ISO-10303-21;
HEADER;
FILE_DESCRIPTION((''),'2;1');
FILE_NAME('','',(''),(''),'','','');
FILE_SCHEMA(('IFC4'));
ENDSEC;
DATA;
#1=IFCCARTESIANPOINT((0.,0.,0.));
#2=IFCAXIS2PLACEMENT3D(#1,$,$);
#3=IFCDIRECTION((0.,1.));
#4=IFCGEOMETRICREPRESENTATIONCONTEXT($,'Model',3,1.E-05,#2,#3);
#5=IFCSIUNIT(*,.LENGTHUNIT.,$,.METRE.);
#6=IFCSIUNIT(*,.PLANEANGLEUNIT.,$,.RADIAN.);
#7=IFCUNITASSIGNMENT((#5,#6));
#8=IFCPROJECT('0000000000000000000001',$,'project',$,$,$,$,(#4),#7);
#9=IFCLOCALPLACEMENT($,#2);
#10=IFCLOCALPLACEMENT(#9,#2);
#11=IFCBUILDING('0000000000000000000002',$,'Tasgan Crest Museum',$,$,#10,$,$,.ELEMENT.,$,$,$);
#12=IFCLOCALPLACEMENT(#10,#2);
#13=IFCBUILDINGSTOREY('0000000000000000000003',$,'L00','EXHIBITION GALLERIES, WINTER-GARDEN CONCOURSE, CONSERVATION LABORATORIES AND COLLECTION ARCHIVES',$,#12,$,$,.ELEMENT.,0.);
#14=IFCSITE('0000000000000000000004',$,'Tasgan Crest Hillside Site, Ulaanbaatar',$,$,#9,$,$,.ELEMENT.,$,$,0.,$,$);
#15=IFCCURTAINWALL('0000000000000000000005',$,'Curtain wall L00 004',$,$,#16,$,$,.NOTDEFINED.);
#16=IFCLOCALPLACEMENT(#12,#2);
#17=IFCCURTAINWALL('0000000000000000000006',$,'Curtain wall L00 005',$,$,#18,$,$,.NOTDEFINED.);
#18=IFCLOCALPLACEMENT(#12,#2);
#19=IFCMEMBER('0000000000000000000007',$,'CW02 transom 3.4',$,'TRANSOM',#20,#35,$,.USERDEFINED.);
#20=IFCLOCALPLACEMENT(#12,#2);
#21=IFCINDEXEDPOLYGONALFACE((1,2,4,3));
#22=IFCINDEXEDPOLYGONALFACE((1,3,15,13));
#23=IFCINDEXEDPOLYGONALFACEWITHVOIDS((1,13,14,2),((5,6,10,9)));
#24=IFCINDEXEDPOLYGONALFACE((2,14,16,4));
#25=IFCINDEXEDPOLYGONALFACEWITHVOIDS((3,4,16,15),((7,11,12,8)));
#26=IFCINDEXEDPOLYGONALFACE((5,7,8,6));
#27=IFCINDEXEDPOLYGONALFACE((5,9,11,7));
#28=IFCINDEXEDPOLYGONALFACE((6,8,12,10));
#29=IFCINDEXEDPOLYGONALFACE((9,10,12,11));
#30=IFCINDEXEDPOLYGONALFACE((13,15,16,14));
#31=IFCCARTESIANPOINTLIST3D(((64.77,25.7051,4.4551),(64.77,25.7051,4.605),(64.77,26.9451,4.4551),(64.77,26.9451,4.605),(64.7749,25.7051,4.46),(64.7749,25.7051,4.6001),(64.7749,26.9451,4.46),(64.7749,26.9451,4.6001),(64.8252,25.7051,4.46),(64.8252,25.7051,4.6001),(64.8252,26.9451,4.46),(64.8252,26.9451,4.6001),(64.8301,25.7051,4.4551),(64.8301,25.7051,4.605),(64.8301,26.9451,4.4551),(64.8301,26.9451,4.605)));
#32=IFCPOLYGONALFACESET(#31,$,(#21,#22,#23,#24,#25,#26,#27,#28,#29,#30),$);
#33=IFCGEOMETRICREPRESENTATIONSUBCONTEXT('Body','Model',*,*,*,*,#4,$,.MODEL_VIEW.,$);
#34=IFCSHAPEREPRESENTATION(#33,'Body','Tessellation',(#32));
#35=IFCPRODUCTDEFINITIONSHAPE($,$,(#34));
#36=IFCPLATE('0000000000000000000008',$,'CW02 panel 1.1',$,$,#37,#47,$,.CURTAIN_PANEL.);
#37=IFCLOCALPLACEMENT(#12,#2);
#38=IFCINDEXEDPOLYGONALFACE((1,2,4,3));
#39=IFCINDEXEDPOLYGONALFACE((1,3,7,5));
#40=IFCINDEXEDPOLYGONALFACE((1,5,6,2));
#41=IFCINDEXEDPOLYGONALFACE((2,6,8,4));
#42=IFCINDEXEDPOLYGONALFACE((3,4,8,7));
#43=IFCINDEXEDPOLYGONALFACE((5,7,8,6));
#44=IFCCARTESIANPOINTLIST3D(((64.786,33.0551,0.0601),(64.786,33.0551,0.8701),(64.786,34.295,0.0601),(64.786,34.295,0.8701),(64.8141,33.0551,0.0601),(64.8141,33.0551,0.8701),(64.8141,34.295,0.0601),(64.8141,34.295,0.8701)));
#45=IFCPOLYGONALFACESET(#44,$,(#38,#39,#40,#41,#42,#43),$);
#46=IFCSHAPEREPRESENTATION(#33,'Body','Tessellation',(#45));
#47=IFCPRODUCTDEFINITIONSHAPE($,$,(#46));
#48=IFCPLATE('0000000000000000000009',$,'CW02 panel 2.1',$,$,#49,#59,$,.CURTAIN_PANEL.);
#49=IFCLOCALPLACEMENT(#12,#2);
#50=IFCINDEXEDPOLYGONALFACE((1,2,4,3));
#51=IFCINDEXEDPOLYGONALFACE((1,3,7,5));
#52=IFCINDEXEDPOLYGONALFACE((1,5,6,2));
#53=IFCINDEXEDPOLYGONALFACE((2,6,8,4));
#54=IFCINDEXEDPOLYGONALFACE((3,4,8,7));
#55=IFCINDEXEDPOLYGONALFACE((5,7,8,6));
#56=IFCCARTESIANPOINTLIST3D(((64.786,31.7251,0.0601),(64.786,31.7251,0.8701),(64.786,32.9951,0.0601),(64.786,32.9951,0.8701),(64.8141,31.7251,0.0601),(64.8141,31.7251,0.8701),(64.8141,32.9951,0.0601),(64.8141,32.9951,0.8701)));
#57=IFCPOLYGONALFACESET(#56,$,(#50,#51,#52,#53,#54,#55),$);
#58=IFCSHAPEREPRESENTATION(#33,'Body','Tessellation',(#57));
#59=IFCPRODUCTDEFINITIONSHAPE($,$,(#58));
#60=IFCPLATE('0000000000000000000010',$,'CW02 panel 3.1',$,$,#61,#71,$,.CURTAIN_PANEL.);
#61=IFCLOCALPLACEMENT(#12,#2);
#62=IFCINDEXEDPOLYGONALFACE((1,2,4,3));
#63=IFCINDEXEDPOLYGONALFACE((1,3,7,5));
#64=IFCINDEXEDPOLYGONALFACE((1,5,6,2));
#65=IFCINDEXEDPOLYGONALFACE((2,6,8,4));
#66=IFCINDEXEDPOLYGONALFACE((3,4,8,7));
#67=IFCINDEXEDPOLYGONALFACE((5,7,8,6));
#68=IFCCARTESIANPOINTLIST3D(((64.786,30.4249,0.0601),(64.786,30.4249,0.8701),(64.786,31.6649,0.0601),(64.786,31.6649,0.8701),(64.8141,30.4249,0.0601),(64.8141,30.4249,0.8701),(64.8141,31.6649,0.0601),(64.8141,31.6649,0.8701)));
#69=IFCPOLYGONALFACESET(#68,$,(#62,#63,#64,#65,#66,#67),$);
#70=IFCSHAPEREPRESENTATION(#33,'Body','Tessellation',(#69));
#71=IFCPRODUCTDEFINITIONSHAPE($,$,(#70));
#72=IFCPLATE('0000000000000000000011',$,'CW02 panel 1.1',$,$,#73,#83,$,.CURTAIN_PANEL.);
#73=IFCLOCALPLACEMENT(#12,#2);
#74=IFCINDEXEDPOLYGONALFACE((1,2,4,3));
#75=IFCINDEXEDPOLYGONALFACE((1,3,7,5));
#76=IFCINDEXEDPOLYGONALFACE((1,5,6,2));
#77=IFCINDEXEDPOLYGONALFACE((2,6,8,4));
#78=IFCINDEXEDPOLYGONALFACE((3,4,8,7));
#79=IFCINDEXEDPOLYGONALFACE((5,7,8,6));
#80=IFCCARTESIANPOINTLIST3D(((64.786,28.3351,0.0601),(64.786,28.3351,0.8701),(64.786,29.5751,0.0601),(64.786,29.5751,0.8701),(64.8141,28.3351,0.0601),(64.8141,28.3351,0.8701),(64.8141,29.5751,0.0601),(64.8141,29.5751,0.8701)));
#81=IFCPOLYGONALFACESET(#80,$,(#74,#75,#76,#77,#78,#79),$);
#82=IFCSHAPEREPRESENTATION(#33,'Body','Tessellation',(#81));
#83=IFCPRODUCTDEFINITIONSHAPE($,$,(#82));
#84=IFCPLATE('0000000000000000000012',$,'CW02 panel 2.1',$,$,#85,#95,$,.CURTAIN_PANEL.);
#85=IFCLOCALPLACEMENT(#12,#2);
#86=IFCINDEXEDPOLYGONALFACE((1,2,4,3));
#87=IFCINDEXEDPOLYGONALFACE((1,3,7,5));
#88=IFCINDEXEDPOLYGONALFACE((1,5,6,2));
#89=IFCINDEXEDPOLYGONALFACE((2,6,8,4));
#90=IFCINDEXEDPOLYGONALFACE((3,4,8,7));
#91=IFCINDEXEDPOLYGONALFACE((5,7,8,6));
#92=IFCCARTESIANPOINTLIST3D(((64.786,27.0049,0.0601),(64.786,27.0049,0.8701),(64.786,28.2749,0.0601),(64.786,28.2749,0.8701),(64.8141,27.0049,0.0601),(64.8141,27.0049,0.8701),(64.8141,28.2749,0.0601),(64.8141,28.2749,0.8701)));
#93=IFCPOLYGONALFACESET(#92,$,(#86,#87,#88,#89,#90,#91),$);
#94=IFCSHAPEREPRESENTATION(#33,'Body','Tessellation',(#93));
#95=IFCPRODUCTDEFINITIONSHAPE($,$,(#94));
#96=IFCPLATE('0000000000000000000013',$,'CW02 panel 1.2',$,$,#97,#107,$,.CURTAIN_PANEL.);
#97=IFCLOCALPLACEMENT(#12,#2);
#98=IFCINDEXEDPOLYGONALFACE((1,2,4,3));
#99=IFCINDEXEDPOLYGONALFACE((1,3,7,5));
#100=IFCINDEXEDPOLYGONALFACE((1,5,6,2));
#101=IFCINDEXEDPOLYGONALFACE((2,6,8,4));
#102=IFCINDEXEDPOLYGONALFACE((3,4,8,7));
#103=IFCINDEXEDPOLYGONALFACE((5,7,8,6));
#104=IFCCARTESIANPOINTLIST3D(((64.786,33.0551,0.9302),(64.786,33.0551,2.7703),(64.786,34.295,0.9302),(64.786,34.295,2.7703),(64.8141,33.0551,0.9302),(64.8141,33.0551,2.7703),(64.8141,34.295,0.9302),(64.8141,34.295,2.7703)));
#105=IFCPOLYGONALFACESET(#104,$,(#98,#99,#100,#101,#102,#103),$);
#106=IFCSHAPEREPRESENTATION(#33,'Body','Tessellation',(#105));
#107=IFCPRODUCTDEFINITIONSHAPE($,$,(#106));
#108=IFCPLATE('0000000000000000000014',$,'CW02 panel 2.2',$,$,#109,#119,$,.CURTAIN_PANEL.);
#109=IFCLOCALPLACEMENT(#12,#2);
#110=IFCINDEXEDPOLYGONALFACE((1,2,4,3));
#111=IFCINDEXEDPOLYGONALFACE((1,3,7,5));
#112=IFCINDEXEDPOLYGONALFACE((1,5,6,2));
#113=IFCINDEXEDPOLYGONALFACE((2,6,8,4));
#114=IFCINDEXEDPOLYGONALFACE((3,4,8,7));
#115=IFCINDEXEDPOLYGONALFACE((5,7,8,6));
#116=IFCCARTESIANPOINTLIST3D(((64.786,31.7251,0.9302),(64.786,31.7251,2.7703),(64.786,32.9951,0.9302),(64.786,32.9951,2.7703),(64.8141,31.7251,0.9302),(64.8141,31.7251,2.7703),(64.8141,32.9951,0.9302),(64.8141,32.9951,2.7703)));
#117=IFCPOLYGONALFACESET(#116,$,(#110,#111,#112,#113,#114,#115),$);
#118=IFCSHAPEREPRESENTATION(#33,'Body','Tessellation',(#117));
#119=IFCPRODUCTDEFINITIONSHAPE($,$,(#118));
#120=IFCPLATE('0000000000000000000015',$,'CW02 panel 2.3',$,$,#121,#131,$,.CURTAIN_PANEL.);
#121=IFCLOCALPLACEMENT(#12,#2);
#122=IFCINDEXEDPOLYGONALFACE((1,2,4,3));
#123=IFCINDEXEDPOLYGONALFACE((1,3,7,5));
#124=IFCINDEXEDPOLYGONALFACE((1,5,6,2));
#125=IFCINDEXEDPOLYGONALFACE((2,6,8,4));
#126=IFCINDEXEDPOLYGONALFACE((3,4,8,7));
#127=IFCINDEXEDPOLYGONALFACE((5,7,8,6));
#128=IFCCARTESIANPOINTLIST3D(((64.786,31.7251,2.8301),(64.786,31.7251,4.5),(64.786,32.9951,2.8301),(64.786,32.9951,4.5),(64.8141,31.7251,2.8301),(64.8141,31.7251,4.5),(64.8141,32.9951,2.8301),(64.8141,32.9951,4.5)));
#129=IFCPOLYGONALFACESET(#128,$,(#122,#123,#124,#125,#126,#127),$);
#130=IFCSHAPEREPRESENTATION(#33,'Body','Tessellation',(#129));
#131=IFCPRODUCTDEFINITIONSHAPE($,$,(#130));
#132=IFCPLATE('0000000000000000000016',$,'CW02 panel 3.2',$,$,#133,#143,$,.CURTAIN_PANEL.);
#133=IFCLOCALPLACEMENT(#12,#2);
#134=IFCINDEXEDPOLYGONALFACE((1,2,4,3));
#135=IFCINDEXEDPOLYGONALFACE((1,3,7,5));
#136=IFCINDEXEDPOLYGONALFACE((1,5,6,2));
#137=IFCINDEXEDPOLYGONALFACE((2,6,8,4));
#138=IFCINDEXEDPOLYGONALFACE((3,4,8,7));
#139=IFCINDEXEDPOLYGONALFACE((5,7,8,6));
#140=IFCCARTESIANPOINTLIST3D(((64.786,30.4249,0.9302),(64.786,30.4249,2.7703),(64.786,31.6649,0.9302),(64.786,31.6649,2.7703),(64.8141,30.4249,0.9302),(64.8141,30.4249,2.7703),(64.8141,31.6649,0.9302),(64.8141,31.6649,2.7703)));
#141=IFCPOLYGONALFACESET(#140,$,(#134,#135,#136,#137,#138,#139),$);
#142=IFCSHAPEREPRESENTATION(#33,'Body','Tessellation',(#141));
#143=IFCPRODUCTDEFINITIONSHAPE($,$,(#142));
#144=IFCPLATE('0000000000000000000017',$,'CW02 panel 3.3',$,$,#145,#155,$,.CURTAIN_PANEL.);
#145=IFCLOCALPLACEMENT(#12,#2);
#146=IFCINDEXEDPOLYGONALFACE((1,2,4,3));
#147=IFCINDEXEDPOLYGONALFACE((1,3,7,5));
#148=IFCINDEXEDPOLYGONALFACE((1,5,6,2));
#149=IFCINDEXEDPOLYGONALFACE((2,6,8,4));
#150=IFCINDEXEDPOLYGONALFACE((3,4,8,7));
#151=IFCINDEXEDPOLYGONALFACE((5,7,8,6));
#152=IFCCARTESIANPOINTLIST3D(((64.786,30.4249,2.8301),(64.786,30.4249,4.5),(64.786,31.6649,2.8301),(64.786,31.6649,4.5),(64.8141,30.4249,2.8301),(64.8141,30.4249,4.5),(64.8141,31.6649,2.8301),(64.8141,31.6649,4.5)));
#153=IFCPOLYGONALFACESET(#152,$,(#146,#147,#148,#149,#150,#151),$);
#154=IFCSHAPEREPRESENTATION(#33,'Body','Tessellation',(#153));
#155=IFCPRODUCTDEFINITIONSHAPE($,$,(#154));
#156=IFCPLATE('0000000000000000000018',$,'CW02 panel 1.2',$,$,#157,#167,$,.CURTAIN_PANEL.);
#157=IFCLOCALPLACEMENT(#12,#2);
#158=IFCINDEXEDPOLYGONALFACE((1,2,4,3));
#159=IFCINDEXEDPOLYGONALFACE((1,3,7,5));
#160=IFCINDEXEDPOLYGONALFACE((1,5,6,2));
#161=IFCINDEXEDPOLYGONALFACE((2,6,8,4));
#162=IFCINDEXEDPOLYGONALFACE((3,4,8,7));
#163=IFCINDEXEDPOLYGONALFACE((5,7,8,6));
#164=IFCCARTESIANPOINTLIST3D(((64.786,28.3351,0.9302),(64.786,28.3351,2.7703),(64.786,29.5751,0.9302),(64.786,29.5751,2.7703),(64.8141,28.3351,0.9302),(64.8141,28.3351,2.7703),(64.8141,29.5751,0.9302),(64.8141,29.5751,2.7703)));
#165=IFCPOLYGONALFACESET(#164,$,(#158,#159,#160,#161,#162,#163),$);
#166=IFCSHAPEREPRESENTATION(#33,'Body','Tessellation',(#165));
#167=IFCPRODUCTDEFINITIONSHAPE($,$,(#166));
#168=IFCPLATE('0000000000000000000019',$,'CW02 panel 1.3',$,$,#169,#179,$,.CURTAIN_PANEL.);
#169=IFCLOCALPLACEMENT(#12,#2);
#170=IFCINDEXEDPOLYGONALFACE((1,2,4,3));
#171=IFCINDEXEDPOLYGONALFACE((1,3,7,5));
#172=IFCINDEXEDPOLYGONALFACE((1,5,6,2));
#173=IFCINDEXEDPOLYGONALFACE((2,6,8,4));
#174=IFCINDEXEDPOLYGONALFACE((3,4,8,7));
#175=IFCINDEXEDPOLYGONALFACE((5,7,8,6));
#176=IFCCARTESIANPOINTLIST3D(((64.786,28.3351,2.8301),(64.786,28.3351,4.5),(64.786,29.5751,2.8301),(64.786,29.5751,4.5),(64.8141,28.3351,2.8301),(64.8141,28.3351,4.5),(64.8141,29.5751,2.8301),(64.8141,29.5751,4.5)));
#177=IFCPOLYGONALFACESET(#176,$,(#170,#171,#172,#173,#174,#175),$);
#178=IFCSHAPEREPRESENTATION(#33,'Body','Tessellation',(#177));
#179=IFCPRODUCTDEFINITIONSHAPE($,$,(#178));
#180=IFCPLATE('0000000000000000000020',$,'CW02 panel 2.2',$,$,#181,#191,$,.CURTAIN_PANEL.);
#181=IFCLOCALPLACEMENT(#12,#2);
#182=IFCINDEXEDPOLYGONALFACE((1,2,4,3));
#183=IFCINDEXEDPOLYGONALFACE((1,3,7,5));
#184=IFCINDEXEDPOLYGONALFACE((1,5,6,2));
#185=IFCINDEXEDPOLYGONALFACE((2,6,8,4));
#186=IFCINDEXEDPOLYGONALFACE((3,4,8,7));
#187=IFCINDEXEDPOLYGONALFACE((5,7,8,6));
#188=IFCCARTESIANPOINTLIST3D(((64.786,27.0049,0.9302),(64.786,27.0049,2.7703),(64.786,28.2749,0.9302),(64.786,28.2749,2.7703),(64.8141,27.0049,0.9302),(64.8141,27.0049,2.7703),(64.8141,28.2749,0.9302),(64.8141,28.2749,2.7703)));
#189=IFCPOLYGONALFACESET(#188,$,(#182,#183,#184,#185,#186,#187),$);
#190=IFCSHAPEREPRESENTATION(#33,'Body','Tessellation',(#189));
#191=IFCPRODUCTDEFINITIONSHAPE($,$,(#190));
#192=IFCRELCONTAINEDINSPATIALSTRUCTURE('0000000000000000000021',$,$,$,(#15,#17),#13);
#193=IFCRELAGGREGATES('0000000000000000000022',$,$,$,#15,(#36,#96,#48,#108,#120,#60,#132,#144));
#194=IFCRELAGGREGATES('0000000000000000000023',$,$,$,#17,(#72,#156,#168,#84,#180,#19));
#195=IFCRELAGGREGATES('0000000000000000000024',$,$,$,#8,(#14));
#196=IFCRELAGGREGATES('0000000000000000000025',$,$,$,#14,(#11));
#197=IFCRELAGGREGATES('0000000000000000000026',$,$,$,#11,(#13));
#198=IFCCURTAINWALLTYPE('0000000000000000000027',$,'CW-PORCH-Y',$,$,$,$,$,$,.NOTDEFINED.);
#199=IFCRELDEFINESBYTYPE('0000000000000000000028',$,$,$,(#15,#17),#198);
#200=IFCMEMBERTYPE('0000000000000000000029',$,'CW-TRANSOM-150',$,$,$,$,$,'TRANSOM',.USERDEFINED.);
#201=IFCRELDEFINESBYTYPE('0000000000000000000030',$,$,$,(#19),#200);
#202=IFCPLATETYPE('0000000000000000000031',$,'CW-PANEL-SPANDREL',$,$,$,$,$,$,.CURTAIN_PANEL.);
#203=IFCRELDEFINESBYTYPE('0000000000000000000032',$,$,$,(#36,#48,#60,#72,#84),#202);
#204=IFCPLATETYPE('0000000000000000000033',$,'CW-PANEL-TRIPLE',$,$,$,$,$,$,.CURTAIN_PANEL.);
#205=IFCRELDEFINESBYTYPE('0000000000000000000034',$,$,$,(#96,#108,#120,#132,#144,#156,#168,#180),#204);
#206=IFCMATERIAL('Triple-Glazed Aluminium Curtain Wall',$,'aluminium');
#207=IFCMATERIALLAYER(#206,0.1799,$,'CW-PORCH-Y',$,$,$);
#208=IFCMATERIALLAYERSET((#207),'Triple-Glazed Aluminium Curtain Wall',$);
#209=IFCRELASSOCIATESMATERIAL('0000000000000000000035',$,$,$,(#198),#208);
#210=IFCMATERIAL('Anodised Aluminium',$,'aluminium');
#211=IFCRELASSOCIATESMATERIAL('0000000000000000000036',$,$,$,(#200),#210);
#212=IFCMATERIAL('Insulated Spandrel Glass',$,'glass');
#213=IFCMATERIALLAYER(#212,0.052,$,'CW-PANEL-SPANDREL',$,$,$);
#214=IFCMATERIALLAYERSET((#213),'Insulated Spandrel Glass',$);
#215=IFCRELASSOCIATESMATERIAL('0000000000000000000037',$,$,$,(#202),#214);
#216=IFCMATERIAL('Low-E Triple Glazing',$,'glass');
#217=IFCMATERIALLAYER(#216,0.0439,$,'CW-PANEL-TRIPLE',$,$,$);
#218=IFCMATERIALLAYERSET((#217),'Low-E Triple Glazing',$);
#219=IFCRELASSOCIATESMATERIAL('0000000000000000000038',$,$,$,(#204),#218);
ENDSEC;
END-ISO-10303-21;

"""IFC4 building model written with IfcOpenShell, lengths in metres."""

from ifc_helpers import new_model, si_unit, direction, frame, origin, origin_2d, place, context, subcontext, project, spatial, rectangle, hollow_rectangle, extrude, material, layer, layer_set, material_profile, profile_set, type_object, element, aggregate, save


model = new_model("IFC4")

# Units and contexts
model_context = context("Model", 3, precision=1e-05, world=origin(), true_north=direction((0.0, 1.0)))
body_context = subcontext(model_context, "Body", "Model", "MODEL_VIEW")
ifc_project = project(units=[si_unit("LENGTHUNIT", "METRE"), si_unit("PLANEANGLEUNIT", "RADIAN")], contexts=[model_context])

# Site, building, storey
site_placement = place(None, origin())
site = spatial("IfcSite", under=ifc_project, at=site_placement, Name="Tasgan Crest Hillside Site, Ulaanbaatar", CompositionType="ELEMENT", RefElevation=0.0)
building_placement = place(site_placement, origin())
building = spatial("IfcBuilding", under=site, at=building_placement, Name="Tasgan Crest Museum", CompositionType="ELEMENT")
storey_placement = place(building_placement, origin())
storey = spatial("IfcBuildingStorey", under=building, at=storey_placement, Name="L00", Description="EXHIBITION GALLERIES, WINTER-GARDEN CONCOURSE, CONSERVATION LABORATORIES AND COLLECTION ARCHIVES", CompositionType="ELEMENT", Elevation=0.0)

# Curtain walls
ifc_material_1 = material(Name="Triple-Glazed Aluminium Curtain Wall", Category="aluminium")
ifc_layer_1 = layer(ifc_material_1, 0.1799, Name="CW-PORCH-Y")
ifc_layer_set_1 = layer_set([ifc_layer_1], Name="Triple-Glazed Aluminium Curtain Wall")
curtain_wall_type = type_object("IfcCurtainWallType", Name="CW-PORCH-Y", PredefinedType="NOTDEFINED", material=ifc_layer_set_1)
curtain_wall_1_placement = place(storey_placement, origin())
curtain_wall_1 = element("IfcCurtainWall", 1, at=curtain_wall_1_placement, inside=storey, type_object=curtain_wall_type, Name="Curtain wall L00 004", PredefinedType="NOTDEFINED")
curtain_wall_2_placement = place(storey_placement, origin())
curtain_wall_2 = element("IfcCurtainWall", 2, at=curtain_wall_2_placement, inside=storey, type_object=curtain_wall_type, Name="Curtain wall L00 005", PredefinedType="NOTDEFINED")

# Member
ifc_material_2 = material(Name="Anodised Aluminium", Category="aluminium")
ifc_material_profile_1 = material_profile(ifc_material_2, hollow_rectangle(XDim=0.0601, YDim=0.1499, WallThickness=0.0049, at=origin_2d()), Name="ALU TRANSOM 150x60x5")
ifc_profile_set_1 = profile_set([ifc_material_profile_1], Name="Anodised Aluminium")
member_type_1 = type_object("IfcMemberType", Name="CW-TRANSOM-150", ElementType="TRANSOM", PredefinedType="USERDEFINED", material=ifc_profile_set_1)
member_1_placement = place(storey_placement, frame((64.8, 26.9451, 4.53), z_axis=(0.0, -1.0, 0.0), x_axis=(1.0, 0.0, 0.0)))
member_1 = element("IfcMember", 3, at=member_1_placement, type_object=member_type_1, Name="CW02 transom 3.4", ObjectType="TRANSOM", PredefinedType="USERDEFINED", context=body_context, shape_type="SweptSolid", body=[
    extrude(hollow_rectangle(XDim=0.0601, YDim=0.1499, WallThickness=0.0049, at=origin_2d()), origin(), (0.0, 0.0, 1.0), 1.24),
])

# Plates
ifc_material_3 = material(Name="Insulated Spandrel Glass", Category="glass")
ifc_layer_2 = layer(ifc_material_3, 0.052, Name="CW-PANEL-SPANDREL")
ifc_layer_set_2 = layer_set([ifc_layer_2], Name="Insulated Spandrel Glass")
plate_type_1 = type_object("IfcPlateType", Name="CW-PANEL-SPANDREL", PredefinedType="CURTAIN_PANEL", material=ifc_layer_set_2)
plate_1_placement = place(storey_placement, frame((64.8, 33.675, 0.0601), z_axis=(0.0, 0.0, 1.0), x_axis=(0.0, -1.0, 0.0)))
plate_1 = element("IfcPlate", 4, at=plate_1_placement, type_object=plate_type_1, Name="CW02 panel 1.1", PredefinedType="CURTAIN_PANEL", context=body_context, shape_type="SweptSolid", body=[
    extrude(rectangle(XDim=1.24, YDim=0.0281, at=origin_2d()), origin(), (0.0, 0.0, 1.0), 0.8101),
])
plate_2_placement = place(storey_placement, frame((64.8, 32.3601, 0.0601), z_axis=(0.0, 0.0, 1.0), x_axis=(0.0, -1.0, 0.0)))
plate_2 = element("IfcPlate", 5, at=plate_2_placement, type_object=plate_type_1, Name="CW02 panel 2.1", PredefinedType="CURTAIN_PANEL", context=body_context, shape_type="SweptSolid", body=[
    extrude(rectangle(XDim=1.27, YDim=0.0281, at=origin_2d()), origin(), (0.0, 0.0, 1.0), 0.8101),
])
plate_3_placement = place(storey_placement, frame((64.8, 31.0449, 0.0601), z_axis=(0.0, 0.0, 1.0), x_axis=(0.0, -1.0, 0.0)))
plate_3 = element("IfcPlate", 6, at=plate_3_placement, type_object=plate_type_1, Name="CW02 panel 3.1", PredefinedType="CURTAIN_PANEL", context=body_context, shape_type="SweptSolid", body=[
    extrude(rectangle(XDim=1.24, YDim=0.0281, at=origin_2d()), origin(), (0.0, 0.0, 1.0), 0.8101),
])
plate_4_placement = place(storey_placement, frame((64.8, 28.9551, 0.0601), z_axis=(0.0, 0.0, 1.0), x_axis=(0.0, -1.0, 0.0)))
plate_4 = element("IfcPlate", 7, at=plate_4_placement, type_object=plate_type_1, Name="CW02 panel 1.1", PredefinedType="CURTAIN_PANEL", context=body_context, shape_type="SweptSolid", body=[
    extrude(rectangle(XDim=1.24, YDim=0.0281, at=origin_2d()), origin(), (0.0, 0.0, 1.0), 0.8101),
])
plate_5_placement = place(storey_placement, frame((64.8, 27.6399, 0.0601), z_axis=(0.0, 0.0, 1.0), x_axis=(0.0, -1.0, 0.0)))
plate_5 = element("IfcPlate", 8, at=plate_5_placement, type_object=plate_type_1, Name="CW02 panel 2.1", PredefinedType="CURTAIN_PANEL", context=body_context, shape_type="SweptSolid", body=[
    extrude(rectangle(XDim=1.27, YDim=0.0281, at=origin_2d()), origin(), (0.0, 0.0, 1.0), 0.8101),
])
ifc_material_4 = material(Name="Low-E Triple Glazing", Category="glass")
ifc_layer_3 = layer(ifc_material_4, 0.0439, Name="CW-PANEL-TRIPLE")
ifc_layer_set_3 = layer_set([ifc_layer_3], Name="Low-E Triple Glazing")
plate_type_2 = type_object("IfcPlateType", Name="CW-PANEL-TRIPLE", PredefinedType="CURTAIN_PANEL", material=ifc_layer_set_3)
plate_6_placement = place(storey_placement, frame((64.8, 33.675, 0.9302), z_axis=(0.0, 0.0, 1.0), x_axis=(0.0, -1.0, 0.0)))
plate_6 = element("IfcPlate", 9, at=plate_6_placement, type_object=plate_type_2, Name="CW02 panel 1.2", PredefinedType="CURTAIN_PANEL", context=body_context, shape_type="SweptSolid", body=[
    extrude(rectangle(XDim=1.24, YDim=0.0281, at=origin_2d()), origin(), (0.0, 0.0, 1.0), 1.8401),
])
plate_7_placement = place(storey_placement, frame((64.8, 32.3601, 0.9302), z_axis=(0.0, 0.0, 1.0), x_axis=(0.0, -1.0, 0.0)))
plate_7 = element("IfcPlate", 10, at=plate_7_placement, type_object=plate_type_2, Name="CW02 panel 2.2", PredefinedType="CURTAIN_PANEL", context=body_context, shape_type="SweptSolid", body=[
    extrude(rectangle(XDim=1.27, YDim=0.0281, at=origin_2d()), origin(), (0.0, 0.0, 1.0), 1.8401),
])
plate_8_placement = place(storey_placement, frame((64.8, 32.3601, 2.8301), z_axis=(0.0, 0.0, 1.0), x_axis=(0.0, -1.0, 0.0)))
plate_8 = element("IfcPlate", 11, at=plate_8_placement, type_object=plate_type_2, Name="CW02 panel 2.3", PredefinedType="CURTAIN_PANEL", context=body_context, shape_type="SweptSolid", body=[
    extrude(rectangle(XDim=1.27, YDim=0.0281, at=origin_2d()), origin(), (0.0, 0.0, 1.0), 1.6699),
])
plate_9_placement = place(storey_placement, frame((64.8, 31.0449, 0.9302), z_axis=(0.0, 0.0, 1.0), x_axis=(0.0, -1.0, 0.0)))
plate_9 = element("IfcPlate", 12, at=plate_9_placement, type_object=plate_type_2, Name="CW02 panel 3.2", PredefinedType="CURTAIN_PANEL", context=body_context, shape_type="SweptSolid", body=[
    extrude(rectangle(XDim=1.24, YDim=0.0281, at=origin_2d()), origin(), (0.0, 0.0, 1.0), 1.8401),
])
plate_10_placement = place(storey_placement, frame((64.8, 31.0449, 2.8301), z_axis=(0.0, 0.0, 1.0), x_axis=(0.0, -1.0, 0.0)))
plate_10 = element("IfcPlate", 13, at=plate_10_placement, type_object=plate_type_2, Name="CW02 panel 3.3", PredefinedType="CURTAIN_PANEL", context=body_context, shape_type="SweptSolid", body=[
    extrude(rectangle(XDim=1.24, YDim=0.0281, at=origin_2d()), origin(), (0.0, 0.0, 1.0), 1.6699),
])
aggregate(curtain_wall_1, [plate_1, plate_6, plate_2, plate_7, plate_8, plate_3, plate_9, plate_10])
plate_11_placement = place(storey_placement, frame((64.8, 28.9551, 0.9302), z_axis=(0.0, 0.0, 1.0), x_axis=(0.0, -1.0, 0.0)))
plate_11 = element("IfcPlate", 14, at=plate_11_placement, type_object=plate_type_2, Name="CW02 panel 1.2", PredefinedType="CURTAIN_PANEL", context=body_context, shape_type="SweptSolid", body=[
    extrude(rectangle(XDim=1.24, YDim=0.0281, at=origin_2d()), origin(), (0.0, 0.0, 1.0), 1.8401),
])
plate_12_placement = place(storey_placement, frame((64.8, 28.9551, 2.8301), z_axis=(0.0, 0.0, 1.0), x_axis=(0.0, -1.0, 0.0)))
plate_12 = element("IfcPlate", 15, at=plate_12_placement, type_object=plate_type_2, Name="CW02 panel 1.3", PredefinedType="CURTAIN_PANEL", context=body_context, shape_type="SweptSolid", body=[
    extrude(rectangle(XDim=1.24, YDim=0.0281, at=origin_2d()), origin(), (0.0, 0.0, 1.0), 1.6699),
])
plate_13_placement = place(storey_placement, frame((64.8, 27.6399, 0.9302), z_axis=(0.0, 0.0, 1.0), x_axis=(0.0, -1.0, 0.0)))
plate_13 = element("IfcPlate", 16, at=plate_13_placement, type_object=plate_type_2, Name="CW02 panel 2.2", PredefinedType="CURTAIN_PANEL", context=body_context, shape_type="SweptSolid", body=[
    extrude(rectangle(XDim=1.27, YDim=0.0281, at=origin_2d()), origin(), (0.0, 0.0, 1.0), 1.8401),
])
aggregate(curtain_wall_2, [plate_4, plate_11, plate_12, plate_5, plate_13, member_1])

save(model, "model.ifc")
